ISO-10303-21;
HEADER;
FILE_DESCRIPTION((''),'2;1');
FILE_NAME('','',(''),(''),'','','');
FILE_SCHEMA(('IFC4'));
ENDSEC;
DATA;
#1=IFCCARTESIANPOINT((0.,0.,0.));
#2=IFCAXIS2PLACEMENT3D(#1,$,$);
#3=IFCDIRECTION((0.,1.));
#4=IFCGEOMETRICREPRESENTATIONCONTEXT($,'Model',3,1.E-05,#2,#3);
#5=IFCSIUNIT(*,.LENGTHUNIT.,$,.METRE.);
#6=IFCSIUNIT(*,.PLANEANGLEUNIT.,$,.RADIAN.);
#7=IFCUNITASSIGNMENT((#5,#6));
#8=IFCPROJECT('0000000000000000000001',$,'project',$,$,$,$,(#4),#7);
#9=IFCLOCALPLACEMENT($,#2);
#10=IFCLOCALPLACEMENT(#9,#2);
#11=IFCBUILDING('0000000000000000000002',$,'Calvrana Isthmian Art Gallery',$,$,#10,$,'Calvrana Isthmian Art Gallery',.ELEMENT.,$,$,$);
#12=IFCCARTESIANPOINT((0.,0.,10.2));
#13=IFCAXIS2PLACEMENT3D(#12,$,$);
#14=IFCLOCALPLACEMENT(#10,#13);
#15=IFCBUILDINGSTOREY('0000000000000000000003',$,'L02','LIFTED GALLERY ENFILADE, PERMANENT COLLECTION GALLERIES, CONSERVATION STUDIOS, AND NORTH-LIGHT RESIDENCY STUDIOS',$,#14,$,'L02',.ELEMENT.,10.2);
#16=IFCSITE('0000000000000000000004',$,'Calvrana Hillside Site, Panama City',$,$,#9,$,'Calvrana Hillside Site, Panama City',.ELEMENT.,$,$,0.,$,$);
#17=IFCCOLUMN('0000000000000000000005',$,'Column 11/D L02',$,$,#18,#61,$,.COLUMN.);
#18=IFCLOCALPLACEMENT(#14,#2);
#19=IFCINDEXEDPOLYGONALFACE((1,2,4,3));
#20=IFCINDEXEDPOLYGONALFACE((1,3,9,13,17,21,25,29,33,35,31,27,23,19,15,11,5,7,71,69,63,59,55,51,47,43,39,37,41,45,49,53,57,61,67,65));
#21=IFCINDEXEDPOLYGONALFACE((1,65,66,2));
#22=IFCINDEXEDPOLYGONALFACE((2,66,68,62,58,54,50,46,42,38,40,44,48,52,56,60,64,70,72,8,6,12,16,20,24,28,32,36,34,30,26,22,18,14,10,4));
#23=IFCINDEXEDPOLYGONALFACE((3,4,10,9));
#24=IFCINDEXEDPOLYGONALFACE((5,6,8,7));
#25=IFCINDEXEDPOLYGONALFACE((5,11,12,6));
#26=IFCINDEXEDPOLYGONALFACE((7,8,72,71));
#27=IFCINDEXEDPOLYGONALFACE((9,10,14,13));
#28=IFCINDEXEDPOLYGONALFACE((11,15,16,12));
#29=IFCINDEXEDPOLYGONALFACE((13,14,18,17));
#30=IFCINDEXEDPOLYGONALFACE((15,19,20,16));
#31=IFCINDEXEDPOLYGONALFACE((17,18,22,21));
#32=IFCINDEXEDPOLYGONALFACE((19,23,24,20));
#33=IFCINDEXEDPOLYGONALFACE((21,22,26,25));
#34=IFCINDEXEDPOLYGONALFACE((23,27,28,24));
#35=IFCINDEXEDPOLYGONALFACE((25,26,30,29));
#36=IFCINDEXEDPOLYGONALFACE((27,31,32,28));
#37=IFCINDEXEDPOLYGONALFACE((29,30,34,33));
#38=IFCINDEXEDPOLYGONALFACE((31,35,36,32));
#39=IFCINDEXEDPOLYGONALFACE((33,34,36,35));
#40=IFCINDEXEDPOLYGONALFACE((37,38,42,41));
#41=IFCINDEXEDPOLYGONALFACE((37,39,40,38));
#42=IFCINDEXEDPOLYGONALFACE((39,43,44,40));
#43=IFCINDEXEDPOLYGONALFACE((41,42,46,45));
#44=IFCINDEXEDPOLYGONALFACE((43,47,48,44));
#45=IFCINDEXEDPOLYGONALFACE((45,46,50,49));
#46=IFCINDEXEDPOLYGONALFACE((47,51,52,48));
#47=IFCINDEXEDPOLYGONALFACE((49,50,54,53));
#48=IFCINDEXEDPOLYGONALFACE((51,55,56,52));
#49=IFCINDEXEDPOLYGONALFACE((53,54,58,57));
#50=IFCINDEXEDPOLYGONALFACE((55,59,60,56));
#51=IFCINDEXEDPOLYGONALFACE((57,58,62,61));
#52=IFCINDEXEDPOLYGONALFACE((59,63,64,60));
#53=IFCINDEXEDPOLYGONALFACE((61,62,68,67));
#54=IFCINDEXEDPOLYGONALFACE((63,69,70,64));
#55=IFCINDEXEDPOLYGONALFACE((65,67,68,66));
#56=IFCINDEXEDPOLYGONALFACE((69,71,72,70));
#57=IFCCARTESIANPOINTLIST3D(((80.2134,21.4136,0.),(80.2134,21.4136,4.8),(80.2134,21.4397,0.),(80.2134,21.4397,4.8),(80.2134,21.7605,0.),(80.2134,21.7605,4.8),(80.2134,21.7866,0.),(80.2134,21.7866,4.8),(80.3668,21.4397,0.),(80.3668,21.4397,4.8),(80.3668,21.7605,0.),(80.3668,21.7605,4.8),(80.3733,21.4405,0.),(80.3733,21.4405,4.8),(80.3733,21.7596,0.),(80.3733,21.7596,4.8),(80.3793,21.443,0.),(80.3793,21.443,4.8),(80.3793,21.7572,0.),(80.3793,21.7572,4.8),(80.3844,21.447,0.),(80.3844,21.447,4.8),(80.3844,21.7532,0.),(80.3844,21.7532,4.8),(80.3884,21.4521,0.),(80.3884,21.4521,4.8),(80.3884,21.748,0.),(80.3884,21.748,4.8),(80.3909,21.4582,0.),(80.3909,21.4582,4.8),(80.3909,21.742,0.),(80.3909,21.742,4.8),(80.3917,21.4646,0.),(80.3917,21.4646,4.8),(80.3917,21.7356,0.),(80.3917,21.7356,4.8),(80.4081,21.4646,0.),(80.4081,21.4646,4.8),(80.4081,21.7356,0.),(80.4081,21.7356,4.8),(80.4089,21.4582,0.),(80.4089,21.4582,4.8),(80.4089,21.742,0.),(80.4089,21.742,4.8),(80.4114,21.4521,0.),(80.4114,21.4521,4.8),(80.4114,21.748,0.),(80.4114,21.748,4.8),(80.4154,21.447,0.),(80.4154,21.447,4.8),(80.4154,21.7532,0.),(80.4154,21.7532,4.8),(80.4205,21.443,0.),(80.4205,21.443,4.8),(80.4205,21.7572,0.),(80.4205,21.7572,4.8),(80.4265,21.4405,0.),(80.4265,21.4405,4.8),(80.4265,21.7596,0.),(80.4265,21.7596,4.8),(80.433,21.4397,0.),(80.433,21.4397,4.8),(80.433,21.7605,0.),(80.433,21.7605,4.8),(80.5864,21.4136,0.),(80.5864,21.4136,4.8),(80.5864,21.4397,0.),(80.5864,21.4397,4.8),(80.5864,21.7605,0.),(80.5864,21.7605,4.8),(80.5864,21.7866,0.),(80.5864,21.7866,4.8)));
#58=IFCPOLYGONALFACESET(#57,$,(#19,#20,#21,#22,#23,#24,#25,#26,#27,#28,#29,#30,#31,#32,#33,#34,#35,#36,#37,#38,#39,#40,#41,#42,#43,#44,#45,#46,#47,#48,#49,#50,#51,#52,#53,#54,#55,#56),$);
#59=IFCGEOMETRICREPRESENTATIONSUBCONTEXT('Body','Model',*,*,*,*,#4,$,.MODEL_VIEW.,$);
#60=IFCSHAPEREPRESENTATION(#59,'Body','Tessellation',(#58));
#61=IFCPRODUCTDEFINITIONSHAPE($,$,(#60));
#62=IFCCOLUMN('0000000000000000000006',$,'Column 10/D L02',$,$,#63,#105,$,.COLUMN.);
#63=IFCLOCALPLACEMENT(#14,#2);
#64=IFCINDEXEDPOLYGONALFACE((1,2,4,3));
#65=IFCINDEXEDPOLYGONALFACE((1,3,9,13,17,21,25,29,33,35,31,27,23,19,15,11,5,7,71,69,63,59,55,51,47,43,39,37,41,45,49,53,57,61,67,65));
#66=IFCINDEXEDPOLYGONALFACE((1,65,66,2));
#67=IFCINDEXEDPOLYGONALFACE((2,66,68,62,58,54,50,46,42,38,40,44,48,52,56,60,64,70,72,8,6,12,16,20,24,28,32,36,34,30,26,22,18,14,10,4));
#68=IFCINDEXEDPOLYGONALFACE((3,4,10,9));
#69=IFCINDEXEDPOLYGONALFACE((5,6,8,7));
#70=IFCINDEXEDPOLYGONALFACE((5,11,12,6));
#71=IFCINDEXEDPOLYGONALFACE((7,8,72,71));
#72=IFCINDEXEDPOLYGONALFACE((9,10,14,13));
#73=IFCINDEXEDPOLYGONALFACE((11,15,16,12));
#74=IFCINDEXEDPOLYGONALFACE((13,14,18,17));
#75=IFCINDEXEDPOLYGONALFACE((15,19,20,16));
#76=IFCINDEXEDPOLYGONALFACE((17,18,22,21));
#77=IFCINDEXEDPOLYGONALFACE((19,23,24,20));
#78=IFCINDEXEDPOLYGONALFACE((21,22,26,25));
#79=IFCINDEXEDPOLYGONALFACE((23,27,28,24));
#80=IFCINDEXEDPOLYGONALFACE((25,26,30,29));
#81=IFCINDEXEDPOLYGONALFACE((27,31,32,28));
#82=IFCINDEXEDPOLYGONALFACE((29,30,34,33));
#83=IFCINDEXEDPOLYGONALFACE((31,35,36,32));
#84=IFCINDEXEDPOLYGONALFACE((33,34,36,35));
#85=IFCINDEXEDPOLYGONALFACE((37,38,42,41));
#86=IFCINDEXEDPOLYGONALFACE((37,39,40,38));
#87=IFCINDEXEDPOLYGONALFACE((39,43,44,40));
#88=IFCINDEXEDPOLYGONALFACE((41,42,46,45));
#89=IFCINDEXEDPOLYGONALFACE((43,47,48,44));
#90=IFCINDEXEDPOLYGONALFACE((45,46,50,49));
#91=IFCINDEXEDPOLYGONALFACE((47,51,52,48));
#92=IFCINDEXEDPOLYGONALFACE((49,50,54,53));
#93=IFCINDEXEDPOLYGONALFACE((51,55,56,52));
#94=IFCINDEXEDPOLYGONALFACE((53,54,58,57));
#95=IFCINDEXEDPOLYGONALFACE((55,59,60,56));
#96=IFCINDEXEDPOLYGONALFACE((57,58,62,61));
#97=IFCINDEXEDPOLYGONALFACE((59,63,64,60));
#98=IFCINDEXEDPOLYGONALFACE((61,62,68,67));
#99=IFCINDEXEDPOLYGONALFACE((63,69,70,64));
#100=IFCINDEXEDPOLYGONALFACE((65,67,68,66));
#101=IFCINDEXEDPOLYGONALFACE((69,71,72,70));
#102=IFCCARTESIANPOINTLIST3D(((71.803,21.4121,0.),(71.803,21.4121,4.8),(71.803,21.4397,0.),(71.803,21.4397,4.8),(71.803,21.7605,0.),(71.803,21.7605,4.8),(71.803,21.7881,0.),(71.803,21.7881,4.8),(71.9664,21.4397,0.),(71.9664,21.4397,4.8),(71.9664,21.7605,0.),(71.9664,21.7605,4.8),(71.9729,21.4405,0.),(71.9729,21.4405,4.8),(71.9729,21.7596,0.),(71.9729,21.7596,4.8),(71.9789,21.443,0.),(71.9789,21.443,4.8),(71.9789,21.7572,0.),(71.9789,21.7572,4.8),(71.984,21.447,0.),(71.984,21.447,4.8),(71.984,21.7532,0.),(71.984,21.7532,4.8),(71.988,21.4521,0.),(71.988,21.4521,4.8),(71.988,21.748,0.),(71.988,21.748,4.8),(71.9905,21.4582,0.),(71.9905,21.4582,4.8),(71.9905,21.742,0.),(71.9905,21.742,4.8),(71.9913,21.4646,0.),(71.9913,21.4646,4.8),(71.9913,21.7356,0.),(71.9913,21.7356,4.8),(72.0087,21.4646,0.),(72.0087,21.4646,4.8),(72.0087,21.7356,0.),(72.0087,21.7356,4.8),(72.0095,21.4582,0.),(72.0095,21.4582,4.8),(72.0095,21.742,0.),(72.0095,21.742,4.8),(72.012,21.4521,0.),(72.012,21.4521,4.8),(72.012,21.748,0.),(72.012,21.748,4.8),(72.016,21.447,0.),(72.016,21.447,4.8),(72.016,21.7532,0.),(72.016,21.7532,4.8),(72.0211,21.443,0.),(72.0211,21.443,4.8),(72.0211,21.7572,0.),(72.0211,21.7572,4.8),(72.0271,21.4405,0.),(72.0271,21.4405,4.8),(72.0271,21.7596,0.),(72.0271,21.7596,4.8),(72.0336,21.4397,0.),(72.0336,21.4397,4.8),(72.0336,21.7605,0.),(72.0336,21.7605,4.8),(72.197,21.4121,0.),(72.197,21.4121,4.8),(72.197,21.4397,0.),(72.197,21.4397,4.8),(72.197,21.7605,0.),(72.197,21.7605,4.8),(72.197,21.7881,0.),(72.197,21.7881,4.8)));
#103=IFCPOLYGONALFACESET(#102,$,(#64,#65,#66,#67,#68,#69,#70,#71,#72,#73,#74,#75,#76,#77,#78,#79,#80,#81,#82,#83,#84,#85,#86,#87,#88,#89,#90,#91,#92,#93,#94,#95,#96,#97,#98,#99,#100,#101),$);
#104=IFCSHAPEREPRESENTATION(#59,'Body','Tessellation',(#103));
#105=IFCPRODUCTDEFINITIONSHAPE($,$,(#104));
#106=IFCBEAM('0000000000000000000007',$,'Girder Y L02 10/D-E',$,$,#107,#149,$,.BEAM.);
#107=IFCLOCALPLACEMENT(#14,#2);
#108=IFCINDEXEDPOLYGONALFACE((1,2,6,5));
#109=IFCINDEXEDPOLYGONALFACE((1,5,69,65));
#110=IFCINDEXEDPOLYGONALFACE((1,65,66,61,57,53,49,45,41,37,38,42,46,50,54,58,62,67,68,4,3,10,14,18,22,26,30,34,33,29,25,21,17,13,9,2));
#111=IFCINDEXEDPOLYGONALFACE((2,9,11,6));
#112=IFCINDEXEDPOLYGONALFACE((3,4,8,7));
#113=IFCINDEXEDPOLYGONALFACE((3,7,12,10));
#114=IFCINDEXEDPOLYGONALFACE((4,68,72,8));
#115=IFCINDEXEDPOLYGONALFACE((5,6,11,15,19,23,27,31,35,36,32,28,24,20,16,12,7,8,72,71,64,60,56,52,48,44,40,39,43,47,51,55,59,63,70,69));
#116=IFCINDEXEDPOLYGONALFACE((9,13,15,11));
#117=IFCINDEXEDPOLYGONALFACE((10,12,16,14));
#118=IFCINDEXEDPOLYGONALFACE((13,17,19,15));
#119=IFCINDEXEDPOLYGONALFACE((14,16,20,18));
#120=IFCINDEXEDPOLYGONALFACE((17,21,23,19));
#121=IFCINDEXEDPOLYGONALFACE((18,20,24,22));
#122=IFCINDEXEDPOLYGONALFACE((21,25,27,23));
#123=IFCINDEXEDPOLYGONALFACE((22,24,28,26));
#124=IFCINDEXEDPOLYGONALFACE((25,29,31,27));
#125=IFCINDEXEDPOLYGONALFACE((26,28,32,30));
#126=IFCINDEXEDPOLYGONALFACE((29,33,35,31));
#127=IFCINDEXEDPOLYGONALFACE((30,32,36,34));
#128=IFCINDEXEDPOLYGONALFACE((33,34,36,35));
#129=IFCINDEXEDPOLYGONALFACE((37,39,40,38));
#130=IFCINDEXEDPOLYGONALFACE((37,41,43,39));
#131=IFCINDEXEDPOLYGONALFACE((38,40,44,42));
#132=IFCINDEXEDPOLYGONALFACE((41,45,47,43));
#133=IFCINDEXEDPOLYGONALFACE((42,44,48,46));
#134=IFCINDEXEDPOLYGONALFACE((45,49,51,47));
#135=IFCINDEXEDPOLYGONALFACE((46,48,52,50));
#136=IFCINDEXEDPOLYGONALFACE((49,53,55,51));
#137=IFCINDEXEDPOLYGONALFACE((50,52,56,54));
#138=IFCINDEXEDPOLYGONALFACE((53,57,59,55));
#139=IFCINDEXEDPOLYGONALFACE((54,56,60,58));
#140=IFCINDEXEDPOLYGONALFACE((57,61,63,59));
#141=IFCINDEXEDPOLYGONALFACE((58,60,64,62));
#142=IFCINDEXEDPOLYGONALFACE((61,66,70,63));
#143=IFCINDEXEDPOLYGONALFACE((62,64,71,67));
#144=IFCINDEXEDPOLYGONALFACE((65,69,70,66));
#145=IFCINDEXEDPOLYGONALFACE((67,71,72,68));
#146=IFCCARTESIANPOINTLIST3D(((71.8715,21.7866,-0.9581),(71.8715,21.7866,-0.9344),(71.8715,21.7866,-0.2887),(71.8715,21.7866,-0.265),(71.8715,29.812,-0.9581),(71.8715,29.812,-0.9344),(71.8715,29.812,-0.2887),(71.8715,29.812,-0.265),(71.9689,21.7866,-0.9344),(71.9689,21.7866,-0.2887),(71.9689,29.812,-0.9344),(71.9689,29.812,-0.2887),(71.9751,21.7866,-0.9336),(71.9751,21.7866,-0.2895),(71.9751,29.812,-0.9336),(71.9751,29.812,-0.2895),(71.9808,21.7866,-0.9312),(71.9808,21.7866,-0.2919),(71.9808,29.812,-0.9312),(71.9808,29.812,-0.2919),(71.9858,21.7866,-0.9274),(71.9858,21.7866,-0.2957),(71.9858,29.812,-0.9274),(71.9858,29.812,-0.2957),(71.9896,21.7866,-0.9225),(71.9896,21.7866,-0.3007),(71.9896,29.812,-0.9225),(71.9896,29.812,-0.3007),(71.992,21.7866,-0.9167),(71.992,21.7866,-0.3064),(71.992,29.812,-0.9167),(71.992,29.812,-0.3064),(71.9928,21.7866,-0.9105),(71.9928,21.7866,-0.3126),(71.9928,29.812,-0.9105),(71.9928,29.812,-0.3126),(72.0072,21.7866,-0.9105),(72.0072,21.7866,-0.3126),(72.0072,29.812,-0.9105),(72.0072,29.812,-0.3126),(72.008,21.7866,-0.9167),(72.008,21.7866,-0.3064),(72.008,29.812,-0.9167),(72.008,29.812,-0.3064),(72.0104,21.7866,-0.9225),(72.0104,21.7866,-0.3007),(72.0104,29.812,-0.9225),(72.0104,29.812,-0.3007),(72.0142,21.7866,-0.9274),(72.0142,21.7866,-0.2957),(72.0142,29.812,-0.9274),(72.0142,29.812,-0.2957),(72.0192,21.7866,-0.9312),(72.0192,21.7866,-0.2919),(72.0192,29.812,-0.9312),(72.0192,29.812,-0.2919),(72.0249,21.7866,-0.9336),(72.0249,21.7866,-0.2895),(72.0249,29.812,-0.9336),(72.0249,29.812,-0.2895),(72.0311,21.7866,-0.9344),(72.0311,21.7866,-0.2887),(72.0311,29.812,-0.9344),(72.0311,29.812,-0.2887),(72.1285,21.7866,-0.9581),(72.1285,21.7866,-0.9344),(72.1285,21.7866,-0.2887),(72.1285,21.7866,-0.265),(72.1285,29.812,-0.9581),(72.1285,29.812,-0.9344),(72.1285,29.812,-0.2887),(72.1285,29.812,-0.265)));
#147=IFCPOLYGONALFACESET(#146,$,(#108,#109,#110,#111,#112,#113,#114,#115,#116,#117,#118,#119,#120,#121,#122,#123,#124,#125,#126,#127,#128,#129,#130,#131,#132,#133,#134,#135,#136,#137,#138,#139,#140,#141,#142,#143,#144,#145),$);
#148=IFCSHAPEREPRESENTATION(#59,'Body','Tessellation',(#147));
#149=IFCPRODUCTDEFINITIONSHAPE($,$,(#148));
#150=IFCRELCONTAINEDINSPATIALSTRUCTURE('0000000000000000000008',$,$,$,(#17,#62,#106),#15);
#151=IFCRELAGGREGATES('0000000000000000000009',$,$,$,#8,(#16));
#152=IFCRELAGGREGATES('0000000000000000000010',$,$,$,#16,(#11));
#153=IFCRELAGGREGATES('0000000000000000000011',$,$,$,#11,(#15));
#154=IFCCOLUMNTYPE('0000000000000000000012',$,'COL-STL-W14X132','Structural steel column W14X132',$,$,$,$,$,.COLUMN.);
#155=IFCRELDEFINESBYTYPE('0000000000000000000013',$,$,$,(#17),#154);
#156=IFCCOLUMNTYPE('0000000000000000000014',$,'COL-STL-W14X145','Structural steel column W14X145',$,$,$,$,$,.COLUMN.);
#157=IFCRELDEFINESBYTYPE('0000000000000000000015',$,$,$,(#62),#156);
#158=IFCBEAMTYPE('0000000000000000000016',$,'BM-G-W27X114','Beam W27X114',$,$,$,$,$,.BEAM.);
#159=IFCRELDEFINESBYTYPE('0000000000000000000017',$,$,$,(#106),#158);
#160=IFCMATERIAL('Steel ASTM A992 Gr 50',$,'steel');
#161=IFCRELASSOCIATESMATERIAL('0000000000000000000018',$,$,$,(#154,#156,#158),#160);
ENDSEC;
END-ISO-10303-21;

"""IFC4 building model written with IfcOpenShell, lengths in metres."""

from ifc_helpers import new_model, si_unit, direction, frame, origin, origin_2d, place, context, subcontext, project, spatial, i_section, extrude, material, material_profile, profile_set, type_object, element, save


model = new_model("IFC4")

# Units and contexts
model_context = context("Model", 3, precision=1e-05, world=origin(), true_north=direction((0.0, 1.0)))
body_context = subcontext(model_context, "Body", "Model", "MODEL_VIEW")
ifc_project = project(units=[si_unit("LENGTHUNIT", "METRE"), si_unit("PLANEANGLEUNIT", "RADIAN")], contexts=[model_context])

# Site, building, storey
site_placement = place(None, origin())
site = spatial("IfcSite", under=ifc_project, at=site_placement, Name="Calvrana Hillside Site, Panama City", LongName="Calvrana Hillside Site, Panama City", CompositionType="ELEMENT", RefElevation=0.0)
building_placement = place(site_placement, origin())
building = spatial("IfcBuilding", under=site, at=building_placement, Name="Calvrana Isthmian Art Gallery", LongName="Calvrana Isthmian Art Gallery", CompositionType="ELEMENT")
storey_placement = place(building_placement, frame((0.0, 0.0, 10.2)))
storey = spatial("IfcBuildingStorey", under=building, at=storey_placement, Name="L02", Description="LIFTED GALLERY ENFILADE, PERMANENT COLLECTION GALLERIES, CONSERVATION STUDIOS, AND NORTH-LIGHT RESIDENCY STUDIOS", LongName="L02", CompositionType="ELEMENT", Elevation=10.2)

# Columns
ifc_material_1 = material(Name="Steel ASTM A992 Gr 50", Category="steel")
ifc_material_profile_1 = material_profile(ifc_material_1, i_section(OverallWidth=0.373, OverallDepth=0.373, WebThickness=0.0164, FlangeThickness=0.0261, FilletRadius=0.0249, at=origin_2d()), Name="W14X132")
ifc_profile_set_1 = profile_set([ifc_material_profile_1], Name="Steel ASTM A992 Gr 50")
column_type_1 = type_object("IfcColumnType", Name="COL-STL-W14X132", Description="Structural steel column W14X132", PredefinedType="COLUMN", material=ifc_profile_set_1)
column_1_placement = place(storey_placement, frame((80.3999, 21.6001, 0.0), z_axis=(0.0, 0.0, 1.0), x_axis=(1.0, 0.0, 0.0)))
element("IfcColumn", 1, at=column_1_placement, inside=storey, type_object=column_type_1, Name="Column 11/D L02", PredefinedType="COLUMN", context=body_context, shape_type="SweptSolid", body=[
    extrude(i_section(OverallWidth=0.373, OverallDepth=0.373, WebThickness=0.0164, FlangeThickness=0.0261, FilletRadius=0.0249, at=origin_2d()), origin(), (0.0, 0.0, 1.0), 4.8),
])
ifc_material_profile_2 = material_profile(ifc_material_1, i_section(OverallWidth=0.394, OverallDepth=0.376, WebThickness=0.0173, FlangeThickness=0.0276, FilletRadius=0.0249, at=origin_2d()), Name="W14X145")
ifc_profile_set_2 = profile_set([ifc_material_profile_2], Name="Steel ASTM A992 Gr 50")
column_type_2 = type_object("IfcColumnType", Name="COL-STL-W14X145", Description="Structural steel column W14X145", PredefinedType="COLUMN", material=ifc_profile_set_2)
column_2_placement = place(storey_placement, frame((72.0, 21.6001, 0.0), z_axis=(0.0, 0.0, 1.0), x_axis=(1.0, 0.0, 0.0)))
element("IfcColumn", 2, at=column_2_placement, inside=storey, type_object=column_type_2, Name="Column 10/D L02", PredefinedType="COLUMN", context=body_context, shape_type="SweptSolid", body=[
    extrude(i_section(OverallWidth=0.394, OverallDepth=0.376, WebThickness=0.0173, FlangeThickness=0.0276, FilletRadius=0.0249, at=origin_2d()), origin(), (0.0, 0.0, 1.0), 4.8),
])

# Beam
ifc_material_profile_3 = material_profile(ifc_material_1, i_section(OverallWidth=0.2571, OverallDepth=0.6931, WebThickness=0.0144, FlangeThickness=0.0237, FilletRadius=0.0239, at=origin_2d()), Name="W27X114")
ifc_profile_set_3 = profile_set([ifc_material_profile_3], Name="Steel ASTM A992 Gr 50")
beam_type_1 = type_object("IfcBeamType", Name="BM-G-W27X114", Description="Beam W27X114", PredefinedType="BEAM", material=ifc_profile_set_3)
beam_1_placement = place(storey_placement, frame((72.0, 21.7866, -0.6116), z_axis=(0.0, 1.0, 0.0), x_axis=(-1.0, 0.0, 0.0)))
element("IfcBeam", 3, at=beam_1_placement, inside=storey, type_object=beam_type_1, Name="Girder Y L02 10/D-E", PredefinedType="BEAM", context=body_context, shape_type="SweptSolid", body=[
    extrude(i_section(OverallWidth=0.2571, OverallDepth=0.6931, WebThickness=0.0144, FlangeThickness=0.0237, FilletRadius=0.0239, at=origin_2d()), origin(), (0.0, 0.0, 1.0), 8.0254),
])

save(model, "model.ifc")
